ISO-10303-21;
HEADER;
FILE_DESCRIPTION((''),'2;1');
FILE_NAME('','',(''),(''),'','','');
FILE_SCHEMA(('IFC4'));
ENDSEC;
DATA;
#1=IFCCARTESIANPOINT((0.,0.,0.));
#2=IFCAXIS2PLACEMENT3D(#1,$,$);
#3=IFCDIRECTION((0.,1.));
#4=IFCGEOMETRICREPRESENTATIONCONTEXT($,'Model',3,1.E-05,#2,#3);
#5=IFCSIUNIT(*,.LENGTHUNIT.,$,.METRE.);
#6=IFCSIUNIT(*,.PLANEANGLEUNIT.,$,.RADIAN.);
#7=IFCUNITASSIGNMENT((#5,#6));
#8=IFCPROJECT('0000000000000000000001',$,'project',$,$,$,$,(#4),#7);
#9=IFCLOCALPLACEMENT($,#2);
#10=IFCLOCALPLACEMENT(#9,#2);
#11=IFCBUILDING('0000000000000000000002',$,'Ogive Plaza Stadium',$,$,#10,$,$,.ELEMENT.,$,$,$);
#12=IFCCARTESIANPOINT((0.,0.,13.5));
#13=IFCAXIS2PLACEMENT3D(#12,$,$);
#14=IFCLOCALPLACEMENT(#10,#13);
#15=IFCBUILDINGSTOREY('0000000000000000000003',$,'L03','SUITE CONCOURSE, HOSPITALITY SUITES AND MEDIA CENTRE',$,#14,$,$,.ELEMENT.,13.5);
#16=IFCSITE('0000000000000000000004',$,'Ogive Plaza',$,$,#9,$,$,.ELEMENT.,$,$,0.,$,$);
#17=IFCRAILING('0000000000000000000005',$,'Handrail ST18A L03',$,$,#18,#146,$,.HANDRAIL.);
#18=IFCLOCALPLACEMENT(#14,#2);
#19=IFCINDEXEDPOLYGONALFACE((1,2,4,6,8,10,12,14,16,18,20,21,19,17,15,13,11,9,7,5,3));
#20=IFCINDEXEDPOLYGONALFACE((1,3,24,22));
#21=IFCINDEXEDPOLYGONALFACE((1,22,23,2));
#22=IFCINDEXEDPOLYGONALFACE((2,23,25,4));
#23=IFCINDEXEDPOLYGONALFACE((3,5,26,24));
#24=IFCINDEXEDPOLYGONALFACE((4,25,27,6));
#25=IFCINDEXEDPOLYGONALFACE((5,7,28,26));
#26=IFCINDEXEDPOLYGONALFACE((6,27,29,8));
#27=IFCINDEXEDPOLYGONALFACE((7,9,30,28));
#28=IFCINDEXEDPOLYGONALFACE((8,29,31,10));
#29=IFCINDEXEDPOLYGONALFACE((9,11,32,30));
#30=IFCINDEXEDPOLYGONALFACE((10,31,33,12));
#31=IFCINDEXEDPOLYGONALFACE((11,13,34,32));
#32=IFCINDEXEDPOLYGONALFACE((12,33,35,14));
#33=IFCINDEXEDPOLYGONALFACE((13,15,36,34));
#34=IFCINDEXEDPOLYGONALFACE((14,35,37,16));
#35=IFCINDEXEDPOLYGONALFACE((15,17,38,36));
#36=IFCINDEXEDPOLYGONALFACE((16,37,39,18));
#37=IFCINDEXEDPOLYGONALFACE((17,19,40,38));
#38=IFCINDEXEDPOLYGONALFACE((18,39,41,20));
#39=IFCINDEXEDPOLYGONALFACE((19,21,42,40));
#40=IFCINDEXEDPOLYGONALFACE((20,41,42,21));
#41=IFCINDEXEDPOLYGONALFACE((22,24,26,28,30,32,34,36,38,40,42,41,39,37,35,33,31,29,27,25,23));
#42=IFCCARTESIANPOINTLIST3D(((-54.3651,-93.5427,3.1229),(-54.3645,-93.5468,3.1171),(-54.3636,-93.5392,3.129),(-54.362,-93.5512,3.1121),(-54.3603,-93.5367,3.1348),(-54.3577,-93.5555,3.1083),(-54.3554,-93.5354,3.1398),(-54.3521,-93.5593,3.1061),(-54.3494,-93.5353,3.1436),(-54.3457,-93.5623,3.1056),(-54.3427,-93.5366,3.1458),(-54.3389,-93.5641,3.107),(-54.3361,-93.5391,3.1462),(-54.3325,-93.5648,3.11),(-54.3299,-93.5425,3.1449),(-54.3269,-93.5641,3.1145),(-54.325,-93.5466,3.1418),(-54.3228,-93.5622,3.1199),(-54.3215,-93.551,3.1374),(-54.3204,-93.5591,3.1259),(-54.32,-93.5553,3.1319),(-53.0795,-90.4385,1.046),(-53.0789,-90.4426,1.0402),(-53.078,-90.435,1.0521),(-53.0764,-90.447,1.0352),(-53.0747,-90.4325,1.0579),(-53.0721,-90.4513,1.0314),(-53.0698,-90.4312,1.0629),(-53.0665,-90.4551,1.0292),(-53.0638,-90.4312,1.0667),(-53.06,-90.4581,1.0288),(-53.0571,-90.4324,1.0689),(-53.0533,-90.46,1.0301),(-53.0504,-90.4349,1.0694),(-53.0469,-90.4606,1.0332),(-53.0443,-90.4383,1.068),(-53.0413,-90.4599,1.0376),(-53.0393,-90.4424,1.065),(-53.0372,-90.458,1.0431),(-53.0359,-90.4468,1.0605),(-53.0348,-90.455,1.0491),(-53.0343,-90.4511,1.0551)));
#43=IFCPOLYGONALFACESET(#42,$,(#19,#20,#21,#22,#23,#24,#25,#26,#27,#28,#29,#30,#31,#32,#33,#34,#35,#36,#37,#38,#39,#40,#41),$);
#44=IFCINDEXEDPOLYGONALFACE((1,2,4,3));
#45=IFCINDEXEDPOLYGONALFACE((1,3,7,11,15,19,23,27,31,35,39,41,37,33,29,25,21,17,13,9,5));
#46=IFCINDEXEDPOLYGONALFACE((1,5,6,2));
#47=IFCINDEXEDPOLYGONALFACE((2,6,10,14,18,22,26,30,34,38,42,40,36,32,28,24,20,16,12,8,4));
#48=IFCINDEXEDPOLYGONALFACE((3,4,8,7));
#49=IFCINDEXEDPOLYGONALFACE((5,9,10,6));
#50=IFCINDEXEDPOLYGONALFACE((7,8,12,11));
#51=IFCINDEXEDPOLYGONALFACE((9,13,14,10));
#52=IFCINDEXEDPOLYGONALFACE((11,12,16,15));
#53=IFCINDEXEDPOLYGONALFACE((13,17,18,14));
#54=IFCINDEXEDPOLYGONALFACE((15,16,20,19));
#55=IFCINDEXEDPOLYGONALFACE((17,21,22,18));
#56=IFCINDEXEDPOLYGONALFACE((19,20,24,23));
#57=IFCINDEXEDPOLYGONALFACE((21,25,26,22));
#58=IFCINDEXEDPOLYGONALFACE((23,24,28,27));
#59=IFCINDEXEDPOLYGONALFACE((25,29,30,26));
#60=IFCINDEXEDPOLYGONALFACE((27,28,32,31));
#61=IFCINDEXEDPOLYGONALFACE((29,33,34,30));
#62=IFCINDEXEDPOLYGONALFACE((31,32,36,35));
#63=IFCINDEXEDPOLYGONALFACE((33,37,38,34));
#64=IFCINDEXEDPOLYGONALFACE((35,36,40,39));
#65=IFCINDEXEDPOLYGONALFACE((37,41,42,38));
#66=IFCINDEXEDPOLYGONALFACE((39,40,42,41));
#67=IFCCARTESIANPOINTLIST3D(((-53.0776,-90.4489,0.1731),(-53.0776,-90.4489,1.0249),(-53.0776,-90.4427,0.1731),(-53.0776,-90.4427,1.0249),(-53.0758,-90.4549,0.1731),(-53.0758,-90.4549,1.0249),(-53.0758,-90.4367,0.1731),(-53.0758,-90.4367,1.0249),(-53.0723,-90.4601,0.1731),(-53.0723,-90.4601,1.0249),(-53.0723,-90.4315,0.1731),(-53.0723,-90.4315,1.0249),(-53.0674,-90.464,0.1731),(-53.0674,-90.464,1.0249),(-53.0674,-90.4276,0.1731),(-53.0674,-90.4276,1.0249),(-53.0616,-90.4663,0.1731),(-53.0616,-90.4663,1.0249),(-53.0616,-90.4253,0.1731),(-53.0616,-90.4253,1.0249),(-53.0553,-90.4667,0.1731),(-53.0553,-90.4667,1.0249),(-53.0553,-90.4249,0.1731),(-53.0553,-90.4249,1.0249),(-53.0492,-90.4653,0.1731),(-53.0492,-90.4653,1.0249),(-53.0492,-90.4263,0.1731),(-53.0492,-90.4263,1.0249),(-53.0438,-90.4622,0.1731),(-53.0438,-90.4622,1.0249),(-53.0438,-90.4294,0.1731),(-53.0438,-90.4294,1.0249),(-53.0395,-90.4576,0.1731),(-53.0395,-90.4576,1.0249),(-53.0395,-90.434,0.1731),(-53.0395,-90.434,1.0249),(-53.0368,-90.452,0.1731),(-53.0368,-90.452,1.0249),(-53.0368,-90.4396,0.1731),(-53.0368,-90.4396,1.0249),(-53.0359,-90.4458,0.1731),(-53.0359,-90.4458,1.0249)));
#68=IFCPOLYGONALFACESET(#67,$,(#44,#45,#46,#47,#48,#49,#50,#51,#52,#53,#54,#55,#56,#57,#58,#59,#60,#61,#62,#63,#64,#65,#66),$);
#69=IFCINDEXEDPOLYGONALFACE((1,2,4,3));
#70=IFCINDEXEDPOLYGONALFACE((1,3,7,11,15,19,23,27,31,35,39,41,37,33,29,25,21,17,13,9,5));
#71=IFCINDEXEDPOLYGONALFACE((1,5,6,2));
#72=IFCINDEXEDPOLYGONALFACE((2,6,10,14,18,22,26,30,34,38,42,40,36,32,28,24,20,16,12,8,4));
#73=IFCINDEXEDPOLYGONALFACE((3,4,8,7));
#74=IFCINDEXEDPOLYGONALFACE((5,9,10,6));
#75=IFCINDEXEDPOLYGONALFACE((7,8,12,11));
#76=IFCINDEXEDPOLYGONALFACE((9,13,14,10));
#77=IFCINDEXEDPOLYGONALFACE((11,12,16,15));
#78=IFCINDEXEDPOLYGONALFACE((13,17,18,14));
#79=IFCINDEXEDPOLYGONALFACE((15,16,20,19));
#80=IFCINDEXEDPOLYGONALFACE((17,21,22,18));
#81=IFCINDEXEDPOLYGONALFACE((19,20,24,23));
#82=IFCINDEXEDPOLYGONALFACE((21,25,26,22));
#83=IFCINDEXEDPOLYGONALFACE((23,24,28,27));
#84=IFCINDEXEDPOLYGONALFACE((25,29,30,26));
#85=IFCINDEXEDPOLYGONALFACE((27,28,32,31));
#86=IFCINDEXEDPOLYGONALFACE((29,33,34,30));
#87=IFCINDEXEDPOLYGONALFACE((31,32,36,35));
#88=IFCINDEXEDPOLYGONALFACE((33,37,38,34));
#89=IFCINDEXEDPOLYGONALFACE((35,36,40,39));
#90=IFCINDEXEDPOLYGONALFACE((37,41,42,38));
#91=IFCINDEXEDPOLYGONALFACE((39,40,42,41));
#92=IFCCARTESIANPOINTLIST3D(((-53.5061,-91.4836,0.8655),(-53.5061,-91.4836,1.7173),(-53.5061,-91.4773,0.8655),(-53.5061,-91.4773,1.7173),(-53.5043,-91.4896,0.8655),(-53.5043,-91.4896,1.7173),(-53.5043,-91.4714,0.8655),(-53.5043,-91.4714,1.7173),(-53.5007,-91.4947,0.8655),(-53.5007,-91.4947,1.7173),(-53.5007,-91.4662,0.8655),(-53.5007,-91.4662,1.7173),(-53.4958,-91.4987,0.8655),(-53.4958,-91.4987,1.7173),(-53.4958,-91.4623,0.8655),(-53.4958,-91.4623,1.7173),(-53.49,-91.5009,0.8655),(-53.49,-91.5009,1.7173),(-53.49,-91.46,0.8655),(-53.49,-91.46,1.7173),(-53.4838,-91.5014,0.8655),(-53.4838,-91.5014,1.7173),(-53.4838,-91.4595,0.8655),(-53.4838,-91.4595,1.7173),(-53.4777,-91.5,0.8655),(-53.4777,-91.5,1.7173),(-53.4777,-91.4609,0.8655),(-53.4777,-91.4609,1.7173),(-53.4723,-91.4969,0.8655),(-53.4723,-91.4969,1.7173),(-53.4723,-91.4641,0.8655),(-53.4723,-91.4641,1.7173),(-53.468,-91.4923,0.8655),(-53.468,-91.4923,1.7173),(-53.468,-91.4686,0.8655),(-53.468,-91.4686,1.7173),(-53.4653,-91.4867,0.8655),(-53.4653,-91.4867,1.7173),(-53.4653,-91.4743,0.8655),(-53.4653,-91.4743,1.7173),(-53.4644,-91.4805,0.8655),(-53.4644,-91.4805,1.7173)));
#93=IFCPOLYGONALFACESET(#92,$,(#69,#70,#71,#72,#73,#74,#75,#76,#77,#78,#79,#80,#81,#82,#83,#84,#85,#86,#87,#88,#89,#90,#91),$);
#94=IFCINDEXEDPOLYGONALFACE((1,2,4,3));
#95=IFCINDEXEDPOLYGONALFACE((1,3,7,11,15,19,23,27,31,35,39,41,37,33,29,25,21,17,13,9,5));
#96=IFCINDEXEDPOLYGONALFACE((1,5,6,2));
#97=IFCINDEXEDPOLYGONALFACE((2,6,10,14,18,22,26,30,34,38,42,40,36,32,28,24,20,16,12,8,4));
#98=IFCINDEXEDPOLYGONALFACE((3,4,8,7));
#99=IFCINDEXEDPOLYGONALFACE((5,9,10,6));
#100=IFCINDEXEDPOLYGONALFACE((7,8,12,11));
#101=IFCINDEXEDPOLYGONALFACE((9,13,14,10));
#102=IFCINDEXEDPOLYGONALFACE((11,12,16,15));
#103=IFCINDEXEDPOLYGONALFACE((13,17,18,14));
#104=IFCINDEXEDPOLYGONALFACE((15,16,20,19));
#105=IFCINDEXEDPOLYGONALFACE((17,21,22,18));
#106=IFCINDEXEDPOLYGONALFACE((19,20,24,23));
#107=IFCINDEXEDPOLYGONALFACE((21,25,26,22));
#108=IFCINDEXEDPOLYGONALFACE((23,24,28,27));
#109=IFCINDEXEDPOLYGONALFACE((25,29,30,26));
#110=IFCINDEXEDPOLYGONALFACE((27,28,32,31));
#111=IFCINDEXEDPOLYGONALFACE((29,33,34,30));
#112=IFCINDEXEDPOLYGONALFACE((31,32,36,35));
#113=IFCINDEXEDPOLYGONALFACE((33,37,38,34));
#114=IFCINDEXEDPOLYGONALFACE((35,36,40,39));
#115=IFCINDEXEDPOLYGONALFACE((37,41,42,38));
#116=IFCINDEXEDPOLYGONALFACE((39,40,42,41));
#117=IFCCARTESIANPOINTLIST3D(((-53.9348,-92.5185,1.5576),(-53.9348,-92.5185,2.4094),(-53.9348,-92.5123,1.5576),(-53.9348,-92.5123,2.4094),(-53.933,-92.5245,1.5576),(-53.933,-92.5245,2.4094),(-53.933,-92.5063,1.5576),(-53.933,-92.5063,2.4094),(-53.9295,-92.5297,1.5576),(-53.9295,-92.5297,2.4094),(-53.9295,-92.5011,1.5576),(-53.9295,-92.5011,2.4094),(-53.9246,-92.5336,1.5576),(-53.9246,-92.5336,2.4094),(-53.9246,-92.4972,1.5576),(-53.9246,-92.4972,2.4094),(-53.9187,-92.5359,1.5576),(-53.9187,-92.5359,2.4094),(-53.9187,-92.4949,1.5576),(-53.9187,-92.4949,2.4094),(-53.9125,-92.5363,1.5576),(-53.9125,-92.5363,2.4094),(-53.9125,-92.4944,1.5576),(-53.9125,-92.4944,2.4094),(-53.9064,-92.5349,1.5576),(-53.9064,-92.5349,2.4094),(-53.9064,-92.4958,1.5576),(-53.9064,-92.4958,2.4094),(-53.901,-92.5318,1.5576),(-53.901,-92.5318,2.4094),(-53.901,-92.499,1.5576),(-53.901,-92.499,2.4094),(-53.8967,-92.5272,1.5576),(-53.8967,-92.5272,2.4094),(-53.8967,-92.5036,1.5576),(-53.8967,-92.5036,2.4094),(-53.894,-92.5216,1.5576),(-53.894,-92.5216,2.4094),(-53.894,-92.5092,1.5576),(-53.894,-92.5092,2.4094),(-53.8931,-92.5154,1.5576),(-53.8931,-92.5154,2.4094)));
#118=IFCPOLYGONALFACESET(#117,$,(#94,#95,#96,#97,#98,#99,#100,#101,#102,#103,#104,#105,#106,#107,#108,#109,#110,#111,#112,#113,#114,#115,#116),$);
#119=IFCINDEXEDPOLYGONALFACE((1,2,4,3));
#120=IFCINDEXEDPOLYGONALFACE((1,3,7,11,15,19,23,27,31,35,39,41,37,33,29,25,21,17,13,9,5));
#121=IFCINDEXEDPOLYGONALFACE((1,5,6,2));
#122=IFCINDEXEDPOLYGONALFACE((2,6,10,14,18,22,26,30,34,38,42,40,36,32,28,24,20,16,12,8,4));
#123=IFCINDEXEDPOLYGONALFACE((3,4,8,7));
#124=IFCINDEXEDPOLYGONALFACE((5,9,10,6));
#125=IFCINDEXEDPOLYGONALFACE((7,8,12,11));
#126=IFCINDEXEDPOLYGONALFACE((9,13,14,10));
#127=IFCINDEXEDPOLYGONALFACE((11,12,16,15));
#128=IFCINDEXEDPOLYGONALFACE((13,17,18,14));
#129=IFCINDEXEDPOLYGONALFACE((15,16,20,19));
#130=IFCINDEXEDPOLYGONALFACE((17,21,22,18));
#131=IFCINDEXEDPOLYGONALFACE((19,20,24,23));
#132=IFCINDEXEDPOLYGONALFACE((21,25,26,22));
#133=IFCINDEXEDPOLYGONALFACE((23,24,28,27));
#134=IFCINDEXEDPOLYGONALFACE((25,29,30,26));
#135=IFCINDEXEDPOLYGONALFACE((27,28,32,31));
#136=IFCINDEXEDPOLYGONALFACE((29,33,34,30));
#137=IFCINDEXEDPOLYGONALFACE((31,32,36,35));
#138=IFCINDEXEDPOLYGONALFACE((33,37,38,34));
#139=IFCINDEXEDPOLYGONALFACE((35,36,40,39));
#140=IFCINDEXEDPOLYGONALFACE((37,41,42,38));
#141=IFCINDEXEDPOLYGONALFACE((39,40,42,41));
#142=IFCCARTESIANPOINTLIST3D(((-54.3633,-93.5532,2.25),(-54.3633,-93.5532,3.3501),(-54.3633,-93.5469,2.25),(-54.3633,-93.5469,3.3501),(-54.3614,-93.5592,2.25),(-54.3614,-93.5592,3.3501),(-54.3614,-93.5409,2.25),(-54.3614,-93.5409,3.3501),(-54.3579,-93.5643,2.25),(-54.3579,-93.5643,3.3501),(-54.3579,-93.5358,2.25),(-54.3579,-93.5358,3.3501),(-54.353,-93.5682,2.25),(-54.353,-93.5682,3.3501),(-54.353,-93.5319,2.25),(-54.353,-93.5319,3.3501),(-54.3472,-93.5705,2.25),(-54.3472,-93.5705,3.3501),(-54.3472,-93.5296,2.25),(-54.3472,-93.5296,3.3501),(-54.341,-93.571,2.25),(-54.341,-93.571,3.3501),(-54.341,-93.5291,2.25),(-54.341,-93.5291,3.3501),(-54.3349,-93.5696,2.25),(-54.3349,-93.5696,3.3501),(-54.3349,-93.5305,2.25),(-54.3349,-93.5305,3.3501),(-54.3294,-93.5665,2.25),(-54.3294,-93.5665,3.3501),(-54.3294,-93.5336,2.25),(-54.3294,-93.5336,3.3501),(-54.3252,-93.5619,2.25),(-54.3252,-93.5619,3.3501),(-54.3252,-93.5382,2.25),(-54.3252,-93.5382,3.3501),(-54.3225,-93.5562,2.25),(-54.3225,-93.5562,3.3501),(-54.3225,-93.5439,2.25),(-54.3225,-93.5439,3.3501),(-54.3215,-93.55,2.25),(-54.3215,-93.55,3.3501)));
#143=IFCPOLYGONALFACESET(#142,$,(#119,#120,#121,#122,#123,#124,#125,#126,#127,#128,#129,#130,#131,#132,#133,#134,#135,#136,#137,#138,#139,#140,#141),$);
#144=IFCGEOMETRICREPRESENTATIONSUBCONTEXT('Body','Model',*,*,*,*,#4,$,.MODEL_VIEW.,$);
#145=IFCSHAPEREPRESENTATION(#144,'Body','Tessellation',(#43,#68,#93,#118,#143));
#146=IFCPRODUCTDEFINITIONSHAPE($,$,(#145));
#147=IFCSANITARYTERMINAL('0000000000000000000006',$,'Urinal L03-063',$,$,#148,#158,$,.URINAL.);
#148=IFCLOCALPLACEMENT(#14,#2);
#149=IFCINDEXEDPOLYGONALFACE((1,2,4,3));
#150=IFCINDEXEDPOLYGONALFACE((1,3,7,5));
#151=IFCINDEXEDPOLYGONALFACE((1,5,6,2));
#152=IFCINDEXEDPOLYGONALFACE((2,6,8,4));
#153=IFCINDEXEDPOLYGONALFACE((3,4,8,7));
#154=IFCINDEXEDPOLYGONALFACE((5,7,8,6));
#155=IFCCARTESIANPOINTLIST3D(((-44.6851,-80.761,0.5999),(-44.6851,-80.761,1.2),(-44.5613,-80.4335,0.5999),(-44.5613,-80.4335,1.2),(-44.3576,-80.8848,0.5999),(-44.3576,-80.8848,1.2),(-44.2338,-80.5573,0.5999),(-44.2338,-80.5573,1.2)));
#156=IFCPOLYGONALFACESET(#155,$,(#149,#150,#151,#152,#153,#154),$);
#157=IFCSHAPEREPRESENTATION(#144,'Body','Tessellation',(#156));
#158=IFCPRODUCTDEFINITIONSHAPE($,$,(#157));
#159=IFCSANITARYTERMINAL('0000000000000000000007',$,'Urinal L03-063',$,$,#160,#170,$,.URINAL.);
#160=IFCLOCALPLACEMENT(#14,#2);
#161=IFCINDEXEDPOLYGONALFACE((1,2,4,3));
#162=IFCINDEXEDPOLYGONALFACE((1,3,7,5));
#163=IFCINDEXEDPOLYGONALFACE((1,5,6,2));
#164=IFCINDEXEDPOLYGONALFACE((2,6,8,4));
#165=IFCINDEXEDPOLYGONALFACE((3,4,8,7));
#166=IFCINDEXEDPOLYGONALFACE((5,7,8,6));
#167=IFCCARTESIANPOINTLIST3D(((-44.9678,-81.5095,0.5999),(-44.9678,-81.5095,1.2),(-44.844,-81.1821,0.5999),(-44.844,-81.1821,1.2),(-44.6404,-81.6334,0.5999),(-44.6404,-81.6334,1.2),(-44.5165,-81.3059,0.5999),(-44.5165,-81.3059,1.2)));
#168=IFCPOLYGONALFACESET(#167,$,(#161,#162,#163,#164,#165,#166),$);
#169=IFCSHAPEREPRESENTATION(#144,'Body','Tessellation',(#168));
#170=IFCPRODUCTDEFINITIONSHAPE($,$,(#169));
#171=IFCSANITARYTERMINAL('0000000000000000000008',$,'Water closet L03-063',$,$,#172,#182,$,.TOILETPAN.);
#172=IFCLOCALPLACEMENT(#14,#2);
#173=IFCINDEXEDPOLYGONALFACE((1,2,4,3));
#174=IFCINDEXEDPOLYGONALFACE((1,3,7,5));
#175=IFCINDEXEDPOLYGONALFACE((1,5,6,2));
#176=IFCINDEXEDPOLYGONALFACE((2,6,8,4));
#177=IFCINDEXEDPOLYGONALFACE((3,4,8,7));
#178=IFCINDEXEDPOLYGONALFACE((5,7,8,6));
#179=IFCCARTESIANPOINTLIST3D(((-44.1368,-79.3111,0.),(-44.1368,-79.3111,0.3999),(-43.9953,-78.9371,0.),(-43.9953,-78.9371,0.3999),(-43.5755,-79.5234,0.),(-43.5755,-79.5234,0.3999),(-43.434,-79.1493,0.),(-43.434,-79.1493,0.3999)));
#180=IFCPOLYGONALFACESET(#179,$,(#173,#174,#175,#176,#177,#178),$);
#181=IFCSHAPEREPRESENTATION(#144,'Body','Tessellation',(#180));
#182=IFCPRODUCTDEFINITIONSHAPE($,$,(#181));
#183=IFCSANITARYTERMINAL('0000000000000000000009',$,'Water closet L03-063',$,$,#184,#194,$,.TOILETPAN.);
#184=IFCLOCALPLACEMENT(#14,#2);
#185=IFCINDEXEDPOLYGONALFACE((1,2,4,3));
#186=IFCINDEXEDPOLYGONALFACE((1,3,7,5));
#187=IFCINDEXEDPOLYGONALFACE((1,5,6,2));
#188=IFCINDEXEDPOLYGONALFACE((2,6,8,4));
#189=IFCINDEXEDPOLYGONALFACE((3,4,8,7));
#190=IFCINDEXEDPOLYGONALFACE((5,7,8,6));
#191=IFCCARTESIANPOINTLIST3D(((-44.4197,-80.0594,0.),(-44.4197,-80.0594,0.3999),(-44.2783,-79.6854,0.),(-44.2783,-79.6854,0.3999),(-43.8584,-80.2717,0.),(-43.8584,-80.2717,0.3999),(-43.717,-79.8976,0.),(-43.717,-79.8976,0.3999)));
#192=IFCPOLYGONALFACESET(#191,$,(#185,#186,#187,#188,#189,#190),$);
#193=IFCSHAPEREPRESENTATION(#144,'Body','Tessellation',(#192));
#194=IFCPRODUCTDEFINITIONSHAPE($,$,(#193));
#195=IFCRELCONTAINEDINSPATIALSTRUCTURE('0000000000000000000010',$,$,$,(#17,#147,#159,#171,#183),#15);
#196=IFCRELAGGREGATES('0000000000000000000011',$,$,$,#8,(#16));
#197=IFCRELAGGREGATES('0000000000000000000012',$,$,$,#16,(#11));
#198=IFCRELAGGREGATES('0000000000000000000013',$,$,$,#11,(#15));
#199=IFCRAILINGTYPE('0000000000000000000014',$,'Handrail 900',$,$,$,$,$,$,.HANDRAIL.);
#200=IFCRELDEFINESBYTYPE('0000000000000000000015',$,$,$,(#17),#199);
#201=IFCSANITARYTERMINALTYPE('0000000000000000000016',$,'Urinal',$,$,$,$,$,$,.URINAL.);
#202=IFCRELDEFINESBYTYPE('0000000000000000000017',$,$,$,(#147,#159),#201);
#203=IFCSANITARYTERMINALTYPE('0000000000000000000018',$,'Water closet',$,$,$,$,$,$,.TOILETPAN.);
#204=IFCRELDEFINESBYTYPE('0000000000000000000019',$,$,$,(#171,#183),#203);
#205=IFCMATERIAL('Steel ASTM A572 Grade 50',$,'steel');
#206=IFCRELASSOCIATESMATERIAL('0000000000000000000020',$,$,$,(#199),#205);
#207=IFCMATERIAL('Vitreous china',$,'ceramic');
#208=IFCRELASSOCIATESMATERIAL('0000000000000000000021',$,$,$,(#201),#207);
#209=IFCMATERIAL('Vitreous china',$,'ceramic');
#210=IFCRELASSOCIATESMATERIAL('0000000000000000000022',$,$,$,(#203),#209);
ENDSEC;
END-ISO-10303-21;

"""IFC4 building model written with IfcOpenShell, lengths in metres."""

from ifc_helpers import new_model, si_unit, direction, frame, origin, origin_2d, place, context, subcontext, project, spatial, rectangle, circle, extrude, material, type_object, element, save


model = new_model("IFC4")

# Units and contexts
model_context = context("Model", 3, precision=1e-05, world=origin(), true_north=direction((0.0, 1.0)))
body_context = subcontext(model_context, "Body", "Model", "MODEL_VIEW")
ifc_project = project(units=[si_unit("LENGTHUNIT", "METRE"), si_unit("PLANEANGLEUNIT", "RADIAN")], contexts=[model_context])

# Site, building, storey
site_placement = place(None, origin())
site = spatial("IfcSite", under=ifc_project, at=site_placement, Name="Ogive Plaza", CompositionType="ELEMENT", RefElevation=0.0)
building_placement = place(site_placement, origin())
building = spatial("IfcBuilding", under=site, at=building_placement, Name="Ogive Plaza Stadium", CompositionType="ELEMENT")
storey_placement = place(building_placement, frame((0.0, 0.0, 13.5)))
storey = spatial("IfcBuildingStorey", under=building, at=storey_placement, Name="L03", Description="SUITE CONCOURSE, HOSPITALITY SUITES AND MEDIA CENTRE", CompositionType="ELEMENT", Elevation=13.5)

# Railing
ifc_material_1 = material(Name="Steel ASTM A572 Grade 50", Category="steel")
railing_type_1 = type_object("IfcRailingType", Name="Handrail 900", PredefinedType="HANDRAIL", material=ifc_material_1)
railing_1_placement = place(storey_placement, frame((-53.0569, -90.4458, 0.1731)))
element("IfcRailing", 1, at=railing_1_placement, inside=storey, type_object=railing_type_1, Name="Handrail ST18A L03", PredefinedType="HANDRAIL", context=body_context, shape_type="SweptSolid", body=[
    extrude(circle(Radius=0.0239, at=origin_2d()), frame((0.0, 0.0, 0.876), z_axis=(-0.325477, -0.785879, 0.525794), x_axis=(0.923898, -0.382638, 0.0)), (0.0, 0.0, 1.0), 3.95),
    extrude(circle(Radius=0.021, at=origin_2d()), origin(), (0.0, 0.0, 1.0), 0.8518),
    extrude(circle(Radius=0.021, at=origin_2d()), frame((-0.4285, -1.0347, 0.6924)), (0.0, 0.0, 1.0), 0.8518),
    extrude(circle(Radius=0.021, at=origin_2d()), frame((-0.8572, -2.0696, 1.3845)), (0.0, 0.0, 1.0), 0.8518),
    extrude(circle(Radius=0.021, at=origin_2d()), frame((-1.2856, -3.1042, 2.0769)), (0.0, 0.0, 1.0), 1.1001),
])

# Sanitary terminals
ifc_material_2 = material(Name="Vitreous china", Category="ceramic")
sanitary_terminal_type_1 = type_object("IfcSanitaryTerminalType", Name="Urinal", PredefinedType="URINAL", material=ifc_material_2)
for number, where, z_axis, x_axis, name in (
    (2, (-44.4595, -80.6592, 0.5999), (0.0, 0.0, 1.0), (-0.353648, -0.935379, 0.0), "Urinal L03-063"),
    (3, (-44.7422, -81.4077, 0.5999), (0.0, 0.0, 1.0), (-0.353648, -0.935379, 0.0), "Urinal L03-063"),
):
    element("IfcSanitaryTerminal", number, at=place(storey_placement, frame(where, z_axis=z_axis, x_axis=x_axis)), inside=storey, type_object=sanitary_terminal_type_1, Name=name, PredefinedType="URINAL", context=body_context, shape_type="SweptSolid", body=[
        extrude(rectangle(XDim=0.3501, YDim=0.3501, at=origin_2d()), origin(), (0.0, 0.0, 1.0), 0.6001),
    ])
ifc_material_3 = material(Name="Vitreous china", Category="ceramic")
sanitary_terminal_type_2 = type_object("IfcSanitaryTerminalType", Name="Water closet", PredefinedType="TOILETPAN", material=ifc_material_3)
for number, where, z_axis, x_axis, name in (
    (4, (-43.7854, -79.2302, 0.0), (0.0, 0.0, 1.0), (-0.353648, -0.935379, 0.0), "Water closet L03-063"),
    (5, (-44.0684, -79.9785, 0.0), (0.0, 0.0, 1.0), (-0.353648, -0.935379, 0.0), "Water closet L03-063"),
):
    element("IfcSanitaryTerminal", number, at=place(storey_placement, frame(where, z_axis=z_axis, x_axis=x_axis)), inside=storey, type_object=sanitary_terminal_type_2, Name=name, PredefinedType="TOILETPAN", context=body_context, shape_type="SweptSolid", body=[
        extrude(rectangle(XDim=0.3999, YDim=0.6001, at=origin_2d()), origin(), (0.0, 0.0, 1.0), 0.3999),
    ])

save(model, "model.ifc")
